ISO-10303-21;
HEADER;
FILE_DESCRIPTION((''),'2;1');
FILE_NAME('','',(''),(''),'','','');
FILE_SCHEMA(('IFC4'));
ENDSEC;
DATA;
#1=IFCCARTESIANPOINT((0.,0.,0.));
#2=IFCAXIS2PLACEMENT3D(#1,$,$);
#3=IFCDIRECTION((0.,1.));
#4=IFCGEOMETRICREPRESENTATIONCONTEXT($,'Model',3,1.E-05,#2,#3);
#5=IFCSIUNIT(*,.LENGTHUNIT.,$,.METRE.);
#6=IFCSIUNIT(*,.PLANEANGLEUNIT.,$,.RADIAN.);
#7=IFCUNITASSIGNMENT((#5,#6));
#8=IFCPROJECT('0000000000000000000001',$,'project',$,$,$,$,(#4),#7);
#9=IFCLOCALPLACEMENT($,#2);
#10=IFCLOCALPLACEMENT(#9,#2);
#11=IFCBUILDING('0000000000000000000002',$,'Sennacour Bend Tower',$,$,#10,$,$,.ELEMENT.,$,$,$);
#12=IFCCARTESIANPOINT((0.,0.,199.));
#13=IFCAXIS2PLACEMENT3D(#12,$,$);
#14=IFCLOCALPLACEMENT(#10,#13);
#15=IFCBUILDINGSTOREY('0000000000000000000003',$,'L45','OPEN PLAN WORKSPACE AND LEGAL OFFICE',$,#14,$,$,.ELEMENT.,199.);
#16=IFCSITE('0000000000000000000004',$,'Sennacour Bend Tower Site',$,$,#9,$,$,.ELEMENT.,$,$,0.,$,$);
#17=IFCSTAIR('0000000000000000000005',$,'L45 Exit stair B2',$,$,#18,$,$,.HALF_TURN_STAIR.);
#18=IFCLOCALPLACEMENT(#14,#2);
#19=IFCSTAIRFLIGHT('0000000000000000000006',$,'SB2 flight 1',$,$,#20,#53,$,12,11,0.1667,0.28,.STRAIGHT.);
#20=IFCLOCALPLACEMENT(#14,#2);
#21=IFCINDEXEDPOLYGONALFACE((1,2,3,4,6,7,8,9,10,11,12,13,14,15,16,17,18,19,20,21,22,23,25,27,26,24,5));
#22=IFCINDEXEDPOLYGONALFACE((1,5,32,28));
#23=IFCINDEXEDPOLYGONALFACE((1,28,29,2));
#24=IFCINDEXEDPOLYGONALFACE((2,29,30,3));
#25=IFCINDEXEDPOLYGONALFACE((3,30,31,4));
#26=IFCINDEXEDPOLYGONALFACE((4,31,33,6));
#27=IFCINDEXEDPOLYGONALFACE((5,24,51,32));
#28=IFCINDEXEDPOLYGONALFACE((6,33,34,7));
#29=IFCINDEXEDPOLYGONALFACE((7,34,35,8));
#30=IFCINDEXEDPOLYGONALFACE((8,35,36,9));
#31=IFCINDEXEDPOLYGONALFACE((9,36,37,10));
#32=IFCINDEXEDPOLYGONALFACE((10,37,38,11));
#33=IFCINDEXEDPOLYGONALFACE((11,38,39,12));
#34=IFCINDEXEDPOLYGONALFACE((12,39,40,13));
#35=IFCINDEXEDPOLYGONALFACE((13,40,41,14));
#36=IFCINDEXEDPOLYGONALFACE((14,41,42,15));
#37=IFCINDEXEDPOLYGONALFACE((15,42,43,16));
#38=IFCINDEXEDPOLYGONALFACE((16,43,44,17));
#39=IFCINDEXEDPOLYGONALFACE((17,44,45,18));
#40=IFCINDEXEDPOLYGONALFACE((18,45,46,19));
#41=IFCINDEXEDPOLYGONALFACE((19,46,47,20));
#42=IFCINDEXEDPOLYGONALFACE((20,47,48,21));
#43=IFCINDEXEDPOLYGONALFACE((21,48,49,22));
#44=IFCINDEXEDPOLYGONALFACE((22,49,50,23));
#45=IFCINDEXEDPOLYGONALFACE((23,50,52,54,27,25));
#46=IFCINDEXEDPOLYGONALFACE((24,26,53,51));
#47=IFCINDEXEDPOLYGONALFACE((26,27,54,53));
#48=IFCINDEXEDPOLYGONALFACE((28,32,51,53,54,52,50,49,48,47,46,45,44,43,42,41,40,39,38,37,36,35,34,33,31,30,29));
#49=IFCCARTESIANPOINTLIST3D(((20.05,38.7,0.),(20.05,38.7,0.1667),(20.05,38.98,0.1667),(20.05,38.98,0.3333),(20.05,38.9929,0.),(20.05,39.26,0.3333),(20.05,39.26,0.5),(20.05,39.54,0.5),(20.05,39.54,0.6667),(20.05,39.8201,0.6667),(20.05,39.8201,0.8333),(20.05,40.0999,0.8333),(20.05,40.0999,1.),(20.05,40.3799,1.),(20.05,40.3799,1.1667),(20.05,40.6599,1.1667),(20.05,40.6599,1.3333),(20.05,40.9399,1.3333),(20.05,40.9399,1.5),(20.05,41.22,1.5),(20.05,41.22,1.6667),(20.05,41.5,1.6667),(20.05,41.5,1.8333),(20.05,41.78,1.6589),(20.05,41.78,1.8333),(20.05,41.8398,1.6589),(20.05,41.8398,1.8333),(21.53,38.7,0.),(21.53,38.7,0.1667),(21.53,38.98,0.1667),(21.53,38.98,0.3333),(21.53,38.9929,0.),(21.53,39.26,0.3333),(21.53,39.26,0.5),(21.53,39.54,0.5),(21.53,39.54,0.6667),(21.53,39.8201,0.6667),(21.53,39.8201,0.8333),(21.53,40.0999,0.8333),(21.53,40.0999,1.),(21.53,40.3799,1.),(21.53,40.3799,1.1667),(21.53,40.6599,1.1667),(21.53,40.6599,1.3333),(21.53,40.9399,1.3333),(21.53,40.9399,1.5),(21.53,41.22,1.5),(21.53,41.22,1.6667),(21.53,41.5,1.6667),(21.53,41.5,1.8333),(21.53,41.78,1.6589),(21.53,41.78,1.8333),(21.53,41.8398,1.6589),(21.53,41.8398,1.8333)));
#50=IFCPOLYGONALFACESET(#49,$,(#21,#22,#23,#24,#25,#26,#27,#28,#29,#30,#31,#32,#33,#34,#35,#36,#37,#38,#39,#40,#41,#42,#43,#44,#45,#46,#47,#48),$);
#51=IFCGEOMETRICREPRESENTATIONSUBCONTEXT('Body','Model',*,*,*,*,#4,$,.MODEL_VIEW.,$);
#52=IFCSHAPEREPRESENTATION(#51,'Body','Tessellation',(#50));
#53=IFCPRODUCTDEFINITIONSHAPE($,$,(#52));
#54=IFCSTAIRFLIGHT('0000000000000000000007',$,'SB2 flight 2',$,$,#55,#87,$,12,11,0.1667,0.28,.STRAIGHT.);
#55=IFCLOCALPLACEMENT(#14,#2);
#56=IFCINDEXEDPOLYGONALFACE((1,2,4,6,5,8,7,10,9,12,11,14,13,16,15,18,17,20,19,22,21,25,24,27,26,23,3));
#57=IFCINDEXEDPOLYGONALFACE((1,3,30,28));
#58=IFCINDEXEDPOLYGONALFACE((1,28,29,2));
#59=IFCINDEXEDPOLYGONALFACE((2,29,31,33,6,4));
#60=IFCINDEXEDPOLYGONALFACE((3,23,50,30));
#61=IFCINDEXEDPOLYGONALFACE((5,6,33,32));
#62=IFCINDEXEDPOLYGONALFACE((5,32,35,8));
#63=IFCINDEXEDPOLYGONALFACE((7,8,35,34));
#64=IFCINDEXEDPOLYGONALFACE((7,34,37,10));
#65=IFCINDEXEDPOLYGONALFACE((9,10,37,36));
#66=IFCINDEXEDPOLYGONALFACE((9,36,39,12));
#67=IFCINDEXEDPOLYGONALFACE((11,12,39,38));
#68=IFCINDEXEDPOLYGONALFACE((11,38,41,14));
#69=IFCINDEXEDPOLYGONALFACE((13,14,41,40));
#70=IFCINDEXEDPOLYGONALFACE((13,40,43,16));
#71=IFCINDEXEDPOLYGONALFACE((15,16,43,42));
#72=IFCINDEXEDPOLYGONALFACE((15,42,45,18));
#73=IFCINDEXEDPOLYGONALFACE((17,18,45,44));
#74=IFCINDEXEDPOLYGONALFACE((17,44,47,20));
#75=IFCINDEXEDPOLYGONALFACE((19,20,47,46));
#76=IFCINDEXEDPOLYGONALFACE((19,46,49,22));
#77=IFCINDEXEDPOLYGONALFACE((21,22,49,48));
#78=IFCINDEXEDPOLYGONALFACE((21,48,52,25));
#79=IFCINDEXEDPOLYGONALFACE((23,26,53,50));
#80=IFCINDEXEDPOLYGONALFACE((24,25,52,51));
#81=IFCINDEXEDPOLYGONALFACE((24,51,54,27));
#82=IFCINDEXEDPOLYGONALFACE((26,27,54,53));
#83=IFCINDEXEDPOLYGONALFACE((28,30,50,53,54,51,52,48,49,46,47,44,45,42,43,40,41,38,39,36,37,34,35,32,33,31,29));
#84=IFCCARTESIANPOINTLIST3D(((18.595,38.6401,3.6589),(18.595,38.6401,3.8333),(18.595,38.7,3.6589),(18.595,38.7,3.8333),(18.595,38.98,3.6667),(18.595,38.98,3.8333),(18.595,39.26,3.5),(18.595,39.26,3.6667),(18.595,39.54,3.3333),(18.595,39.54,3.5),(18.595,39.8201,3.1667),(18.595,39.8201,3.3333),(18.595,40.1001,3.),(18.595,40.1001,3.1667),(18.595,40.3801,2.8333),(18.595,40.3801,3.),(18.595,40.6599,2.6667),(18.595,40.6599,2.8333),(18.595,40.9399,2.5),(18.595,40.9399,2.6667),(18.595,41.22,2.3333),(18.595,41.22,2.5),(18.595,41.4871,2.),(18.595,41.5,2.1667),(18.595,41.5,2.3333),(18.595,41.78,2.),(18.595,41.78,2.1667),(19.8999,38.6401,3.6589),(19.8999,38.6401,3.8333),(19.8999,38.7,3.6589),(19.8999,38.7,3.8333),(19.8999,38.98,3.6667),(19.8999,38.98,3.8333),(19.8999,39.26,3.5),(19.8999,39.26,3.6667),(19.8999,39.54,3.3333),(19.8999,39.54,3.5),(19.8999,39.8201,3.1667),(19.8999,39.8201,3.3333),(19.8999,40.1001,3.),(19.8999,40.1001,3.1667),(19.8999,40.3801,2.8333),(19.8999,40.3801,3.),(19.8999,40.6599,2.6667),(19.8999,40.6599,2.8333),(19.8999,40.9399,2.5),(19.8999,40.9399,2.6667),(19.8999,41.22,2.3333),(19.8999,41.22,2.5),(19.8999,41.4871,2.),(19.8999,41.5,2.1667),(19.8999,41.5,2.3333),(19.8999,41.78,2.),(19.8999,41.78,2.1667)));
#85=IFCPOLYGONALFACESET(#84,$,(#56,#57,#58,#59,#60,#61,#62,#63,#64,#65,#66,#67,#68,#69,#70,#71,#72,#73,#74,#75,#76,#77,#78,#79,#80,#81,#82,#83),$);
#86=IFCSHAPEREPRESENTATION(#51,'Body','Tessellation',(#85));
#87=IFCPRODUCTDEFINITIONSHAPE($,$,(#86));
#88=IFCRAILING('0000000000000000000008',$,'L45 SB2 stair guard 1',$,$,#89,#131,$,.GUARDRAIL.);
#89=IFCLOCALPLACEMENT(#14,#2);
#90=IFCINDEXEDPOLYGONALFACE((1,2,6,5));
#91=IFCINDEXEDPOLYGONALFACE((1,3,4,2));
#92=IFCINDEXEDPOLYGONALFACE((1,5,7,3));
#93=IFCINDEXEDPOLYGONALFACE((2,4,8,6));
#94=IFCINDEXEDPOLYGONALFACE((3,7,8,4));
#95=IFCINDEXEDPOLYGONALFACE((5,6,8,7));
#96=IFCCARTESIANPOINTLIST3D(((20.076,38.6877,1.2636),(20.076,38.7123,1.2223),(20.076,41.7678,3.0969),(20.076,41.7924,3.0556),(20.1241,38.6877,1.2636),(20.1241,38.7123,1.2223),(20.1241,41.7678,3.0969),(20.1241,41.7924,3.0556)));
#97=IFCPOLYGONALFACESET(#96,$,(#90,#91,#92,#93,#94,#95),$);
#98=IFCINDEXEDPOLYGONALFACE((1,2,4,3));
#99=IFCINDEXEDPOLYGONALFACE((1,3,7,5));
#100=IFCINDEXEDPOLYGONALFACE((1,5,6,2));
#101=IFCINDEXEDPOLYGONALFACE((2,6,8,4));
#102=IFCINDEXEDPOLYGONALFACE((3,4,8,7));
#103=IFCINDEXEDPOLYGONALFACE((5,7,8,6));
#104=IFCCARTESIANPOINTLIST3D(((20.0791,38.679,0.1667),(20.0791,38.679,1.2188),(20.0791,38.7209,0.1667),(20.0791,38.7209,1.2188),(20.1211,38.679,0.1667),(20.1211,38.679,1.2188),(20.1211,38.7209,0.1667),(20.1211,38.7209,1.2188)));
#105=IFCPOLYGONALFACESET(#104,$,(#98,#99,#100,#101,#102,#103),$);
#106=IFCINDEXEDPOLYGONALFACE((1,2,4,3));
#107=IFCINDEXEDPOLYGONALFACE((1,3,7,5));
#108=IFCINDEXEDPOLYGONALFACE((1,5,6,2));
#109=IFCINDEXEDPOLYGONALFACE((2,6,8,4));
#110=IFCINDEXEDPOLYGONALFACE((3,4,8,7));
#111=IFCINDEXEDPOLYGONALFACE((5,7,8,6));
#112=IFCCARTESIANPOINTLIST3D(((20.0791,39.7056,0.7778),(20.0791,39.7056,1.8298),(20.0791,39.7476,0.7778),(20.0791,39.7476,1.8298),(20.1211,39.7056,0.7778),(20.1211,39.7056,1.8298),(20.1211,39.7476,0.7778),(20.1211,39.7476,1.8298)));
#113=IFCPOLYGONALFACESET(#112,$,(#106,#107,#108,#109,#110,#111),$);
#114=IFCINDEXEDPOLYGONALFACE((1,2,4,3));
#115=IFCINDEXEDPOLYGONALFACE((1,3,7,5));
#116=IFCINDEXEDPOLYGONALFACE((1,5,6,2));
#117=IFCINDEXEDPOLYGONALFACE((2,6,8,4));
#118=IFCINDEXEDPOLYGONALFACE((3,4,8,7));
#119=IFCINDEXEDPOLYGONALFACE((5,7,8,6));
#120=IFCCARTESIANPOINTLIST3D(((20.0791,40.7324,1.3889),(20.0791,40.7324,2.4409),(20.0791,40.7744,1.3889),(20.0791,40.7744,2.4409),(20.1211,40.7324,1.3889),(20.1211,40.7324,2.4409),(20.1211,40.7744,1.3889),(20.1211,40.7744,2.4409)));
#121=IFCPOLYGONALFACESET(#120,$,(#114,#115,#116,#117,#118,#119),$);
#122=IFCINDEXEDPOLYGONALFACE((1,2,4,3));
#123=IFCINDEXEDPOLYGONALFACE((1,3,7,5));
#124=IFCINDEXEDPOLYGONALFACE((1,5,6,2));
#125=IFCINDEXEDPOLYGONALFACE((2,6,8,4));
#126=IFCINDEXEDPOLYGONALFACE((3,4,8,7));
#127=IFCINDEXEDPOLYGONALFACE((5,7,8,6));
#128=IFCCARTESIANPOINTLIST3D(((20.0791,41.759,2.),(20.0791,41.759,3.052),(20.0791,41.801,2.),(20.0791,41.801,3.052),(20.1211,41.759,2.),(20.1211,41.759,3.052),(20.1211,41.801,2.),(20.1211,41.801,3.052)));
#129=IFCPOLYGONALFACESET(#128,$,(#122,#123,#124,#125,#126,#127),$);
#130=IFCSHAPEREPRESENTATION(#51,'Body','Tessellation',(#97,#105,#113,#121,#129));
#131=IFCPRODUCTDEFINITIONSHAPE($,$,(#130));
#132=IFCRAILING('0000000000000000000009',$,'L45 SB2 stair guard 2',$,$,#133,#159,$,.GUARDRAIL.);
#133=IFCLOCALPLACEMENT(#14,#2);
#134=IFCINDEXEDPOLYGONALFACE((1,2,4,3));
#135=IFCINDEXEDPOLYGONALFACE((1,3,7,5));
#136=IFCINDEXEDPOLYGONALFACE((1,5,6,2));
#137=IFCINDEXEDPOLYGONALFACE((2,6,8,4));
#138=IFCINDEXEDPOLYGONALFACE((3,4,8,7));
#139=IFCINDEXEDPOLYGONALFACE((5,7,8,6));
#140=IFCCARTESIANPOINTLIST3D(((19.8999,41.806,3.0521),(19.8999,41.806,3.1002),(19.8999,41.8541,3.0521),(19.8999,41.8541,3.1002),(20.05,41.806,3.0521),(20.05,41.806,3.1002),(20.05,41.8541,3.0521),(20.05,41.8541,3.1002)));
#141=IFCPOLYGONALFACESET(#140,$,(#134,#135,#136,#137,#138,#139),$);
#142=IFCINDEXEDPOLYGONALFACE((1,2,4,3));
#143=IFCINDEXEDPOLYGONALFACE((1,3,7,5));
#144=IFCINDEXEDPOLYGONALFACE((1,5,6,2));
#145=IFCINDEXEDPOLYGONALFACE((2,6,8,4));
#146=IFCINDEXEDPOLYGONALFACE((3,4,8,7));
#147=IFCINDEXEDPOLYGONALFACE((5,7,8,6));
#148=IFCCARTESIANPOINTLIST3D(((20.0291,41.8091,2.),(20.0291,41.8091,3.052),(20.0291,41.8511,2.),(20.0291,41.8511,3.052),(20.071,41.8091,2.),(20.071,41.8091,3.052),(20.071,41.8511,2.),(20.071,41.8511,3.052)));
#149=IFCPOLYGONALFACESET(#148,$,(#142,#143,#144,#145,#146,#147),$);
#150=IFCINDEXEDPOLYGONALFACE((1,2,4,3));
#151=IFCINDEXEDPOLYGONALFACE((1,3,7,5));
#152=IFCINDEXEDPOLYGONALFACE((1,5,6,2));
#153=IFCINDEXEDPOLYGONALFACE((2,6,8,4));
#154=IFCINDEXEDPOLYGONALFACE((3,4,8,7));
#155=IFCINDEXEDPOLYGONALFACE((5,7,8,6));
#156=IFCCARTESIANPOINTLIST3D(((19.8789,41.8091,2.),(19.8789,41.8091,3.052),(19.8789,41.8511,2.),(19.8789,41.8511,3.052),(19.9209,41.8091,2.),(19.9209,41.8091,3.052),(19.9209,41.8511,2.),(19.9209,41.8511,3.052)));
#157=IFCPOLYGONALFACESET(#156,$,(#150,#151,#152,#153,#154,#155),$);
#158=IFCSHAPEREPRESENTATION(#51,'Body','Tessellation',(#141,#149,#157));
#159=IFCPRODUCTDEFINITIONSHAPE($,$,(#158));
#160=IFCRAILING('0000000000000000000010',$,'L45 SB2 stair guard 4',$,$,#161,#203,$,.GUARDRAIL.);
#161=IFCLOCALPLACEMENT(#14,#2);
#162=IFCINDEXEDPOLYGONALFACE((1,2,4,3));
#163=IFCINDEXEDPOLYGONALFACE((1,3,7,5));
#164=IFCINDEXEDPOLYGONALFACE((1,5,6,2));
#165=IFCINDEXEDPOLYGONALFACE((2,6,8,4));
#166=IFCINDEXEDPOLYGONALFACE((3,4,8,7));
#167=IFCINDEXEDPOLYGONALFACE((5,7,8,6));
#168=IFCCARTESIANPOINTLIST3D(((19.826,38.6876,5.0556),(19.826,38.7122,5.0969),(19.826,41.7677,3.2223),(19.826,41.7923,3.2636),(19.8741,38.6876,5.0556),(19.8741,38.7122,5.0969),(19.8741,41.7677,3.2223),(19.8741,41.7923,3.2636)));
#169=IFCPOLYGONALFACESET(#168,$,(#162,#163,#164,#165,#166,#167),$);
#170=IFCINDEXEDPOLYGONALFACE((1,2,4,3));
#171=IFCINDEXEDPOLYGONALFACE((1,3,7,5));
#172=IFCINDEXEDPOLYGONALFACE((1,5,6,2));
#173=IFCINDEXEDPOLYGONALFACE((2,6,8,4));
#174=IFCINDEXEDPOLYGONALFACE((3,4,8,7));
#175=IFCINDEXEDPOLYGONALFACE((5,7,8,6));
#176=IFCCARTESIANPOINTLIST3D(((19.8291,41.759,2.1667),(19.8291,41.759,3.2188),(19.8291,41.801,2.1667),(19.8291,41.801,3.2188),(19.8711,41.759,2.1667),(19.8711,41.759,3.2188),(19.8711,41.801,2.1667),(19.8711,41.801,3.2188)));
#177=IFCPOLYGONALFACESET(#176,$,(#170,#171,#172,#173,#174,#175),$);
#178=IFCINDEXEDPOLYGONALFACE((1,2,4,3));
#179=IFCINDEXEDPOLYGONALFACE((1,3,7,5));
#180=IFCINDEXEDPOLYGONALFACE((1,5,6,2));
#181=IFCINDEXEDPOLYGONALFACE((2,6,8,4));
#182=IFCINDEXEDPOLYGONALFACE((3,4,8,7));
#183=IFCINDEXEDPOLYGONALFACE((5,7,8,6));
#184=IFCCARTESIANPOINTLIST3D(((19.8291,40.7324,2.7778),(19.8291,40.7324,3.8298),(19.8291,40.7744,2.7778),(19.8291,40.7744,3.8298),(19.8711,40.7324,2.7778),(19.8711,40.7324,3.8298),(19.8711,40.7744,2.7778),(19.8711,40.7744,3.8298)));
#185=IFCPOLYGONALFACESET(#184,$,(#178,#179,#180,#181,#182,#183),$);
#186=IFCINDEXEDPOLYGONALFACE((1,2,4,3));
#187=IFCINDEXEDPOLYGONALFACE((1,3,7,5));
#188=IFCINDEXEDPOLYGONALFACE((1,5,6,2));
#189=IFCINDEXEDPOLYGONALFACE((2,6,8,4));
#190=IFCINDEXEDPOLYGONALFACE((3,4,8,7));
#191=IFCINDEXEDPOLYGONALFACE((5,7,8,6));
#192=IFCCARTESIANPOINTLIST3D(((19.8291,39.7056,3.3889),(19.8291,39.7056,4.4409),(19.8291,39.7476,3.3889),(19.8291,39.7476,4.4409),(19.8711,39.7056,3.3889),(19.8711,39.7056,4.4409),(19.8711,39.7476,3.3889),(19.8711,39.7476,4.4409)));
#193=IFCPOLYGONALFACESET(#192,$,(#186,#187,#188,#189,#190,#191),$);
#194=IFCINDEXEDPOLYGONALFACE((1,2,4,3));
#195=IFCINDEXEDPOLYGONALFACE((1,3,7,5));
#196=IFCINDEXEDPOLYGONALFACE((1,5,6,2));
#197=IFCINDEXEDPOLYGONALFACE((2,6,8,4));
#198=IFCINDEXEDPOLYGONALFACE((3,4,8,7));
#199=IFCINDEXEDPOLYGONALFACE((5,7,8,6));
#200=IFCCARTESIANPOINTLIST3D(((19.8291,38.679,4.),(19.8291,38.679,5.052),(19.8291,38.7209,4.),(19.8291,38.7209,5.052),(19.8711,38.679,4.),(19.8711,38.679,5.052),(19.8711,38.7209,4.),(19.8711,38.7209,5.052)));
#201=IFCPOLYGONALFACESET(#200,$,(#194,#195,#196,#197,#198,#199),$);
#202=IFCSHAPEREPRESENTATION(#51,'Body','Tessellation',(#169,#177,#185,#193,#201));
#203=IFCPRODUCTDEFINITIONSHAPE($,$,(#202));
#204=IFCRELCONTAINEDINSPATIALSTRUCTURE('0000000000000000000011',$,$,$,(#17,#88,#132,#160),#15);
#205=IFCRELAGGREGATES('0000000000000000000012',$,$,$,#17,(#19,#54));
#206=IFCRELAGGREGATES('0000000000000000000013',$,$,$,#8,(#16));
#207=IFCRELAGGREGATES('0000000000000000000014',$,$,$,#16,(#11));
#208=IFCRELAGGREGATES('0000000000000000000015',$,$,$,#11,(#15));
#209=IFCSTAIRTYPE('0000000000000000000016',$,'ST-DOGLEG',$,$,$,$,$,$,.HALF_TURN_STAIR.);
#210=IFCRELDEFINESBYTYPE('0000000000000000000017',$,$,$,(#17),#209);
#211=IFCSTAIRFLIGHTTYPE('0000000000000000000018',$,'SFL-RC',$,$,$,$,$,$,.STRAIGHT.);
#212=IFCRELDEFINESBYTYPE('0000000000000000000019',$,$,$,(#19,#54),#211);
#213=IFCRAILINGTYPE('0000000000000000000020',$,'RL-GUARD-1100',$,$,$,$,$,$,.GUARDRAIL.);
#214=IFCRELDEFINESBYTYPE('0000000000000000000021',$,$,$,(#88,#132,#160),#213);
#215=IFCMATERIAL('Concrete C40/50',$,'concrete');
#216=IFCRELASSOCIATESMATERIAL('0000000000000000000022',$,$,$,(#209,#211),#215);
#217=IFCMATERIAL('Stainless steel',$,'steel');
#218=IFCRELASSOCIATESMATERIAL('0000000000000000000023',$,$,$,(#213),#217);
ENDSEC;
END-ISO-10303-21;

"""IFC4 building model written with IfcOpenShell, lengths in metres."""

from ifc_helpers import new_model, si_unit, direction, frame, origin, origin_2d, place, context, subcontext, project, spatial, polyline, rectangle, outline, extrude, material, type_object, element, aggregate, save


model = new_model("IFC4")

# Units and contexts
model_context = context("Model", 3, precision=1e-05, world=origin(), true_north=direction((0.0, 1.0)))
body_context = subcontext(model_context, "Body", "Model", "MODEL_VIEW")
ifc_project = project(units=[si_unit("LENGTHUNIT", "METRE"), si_unit("PLANEANGLEUNIT", "RADIAN")], contexts=[model_context])

# Site, building, storey
site_placement = place(None, origin())
site = spatial("IfcSite", under=ifc_project, at=site_placement, Name="Sennacour Bend Tower Site", CompositionType="ELEMENT", RefElevation=0.0)
building_placement = place(site_placement, origin())
building = spatial("IfcBuilding", under=site, at=building_placement, Name="Sennacour Bend Tower", CompositionType="ELEMENT")
storey_placement = place(building_placement, frame((0.0, 0.0, 199.0)))
storey = spatial("IfcBuildingStorey", under=building, at=storey_placement, Name="L45", Description="OPEN PLAN WORKSPACE AND LEGAL OFFICE", CompositionType="ELEMENT", Elevation=199.0)

# Shared definitions
ifc_material_1 = material(Name="Stainless steel", Category="steel")

# Stair, stair flights
ifc_material_2 = material(Name="Concrete C40/50", Category="concrete")
stair_type = type_object("IfcStairType", Name="ST-DOGLEG", PredefinedType="HALF_TURN_STAIR", material=ifc_material_2)
stair_placement = place(storey_placement, origin())
stair = element("IfcStair", 1, at=stair_placement, inside=storey, type_object=stair_type, Name="L45 Exit stair B2", PredefinedType="HALF_TURN_STAIR")
stair_flight_type = type_object("IfcStairFlightType", Name="SFL-RC", PredefinedType="STRAIGHT", material=ifc_material_2)
stair_flight_1_placement = place(storey_placement, frame((20.79, 38.7, 0.0), z_axis=(0.0, 0.0, 1.0), x_axis=(0.0, 1.0, 0.0)))
stair_flight_1 = element("IfcStairFlight", 2, at=stair_flight_1_placement, type_object=stair_flight_type, Name="SB2 flight 1", NumberOfRisers=12, NumberOfTreads=11, PredefinedType="STRAIGHT", RiserHeight=0.1667, TreadLength=0.28, context=body_context, shape_type="SweptSolid", body=[
    extrude(outline(polyline([(0.0, 0.0), (0.0, 0.1667), (0.28, 0.1667), (0.28, 0.3333), (0.5601, 0.3333), (0.5601, 0.5), (0.8401, 0.5), (0.8401, 0.6667), (1.1201, 0.6667), (1.1201, 0.8333), (1.3999, 0.8333), (1.3999, 1.0), (1.6799, 1.0), (1.6799, 1.1667), (1.96, 1.1667), (1.96, 1.3333), (2.24, 1.3333), (2.24, 1.5), (2.52, 1.5), (2.52, 1.6667), (2.8, 1.6667), (2.8, 1.8333), (3.0801, 1.8333), (3.1399, 1.8333), (3.1399, 1.6589), (3.0801, 1.6589), (0.293, 0.0), (0.0, 0.0)])), frame((0.0, 0.74, 0.0), z_axis=(0.0, -1.0, 0.0), x_axis=(1.0, 0.0, 0.0)), (0.0, 0.0, 1.0), 1.48),
])
stair_flight_2_placement = place(storey_placement, frame((19.2476, 41.78, 2.0), z_axis=(0.0, 0.0, 1.0), x_axis=(0.0, -1.0, 0.0)))
stair_flight_2 = element("IfcStairFlight", 3, at=stair_flight_2_placement, type_object=stair_flight_type, Name="SB2 flight 2", NumberOfRisers=12, NumberOfTreads=11, PredefinedType="STRAIGHT", RiserHeight=0.1667, TreadLength=0.28, context=body_context, shape_type="SweptSolid", body=[
    extrude(outline(polyline([(0.0, 0.0), (0.0, 0.1667), (0.28, 0.1667), (0.28, 0.3333), (0.5601, 0.3333), (0.5601, 0.5), (0.8401, 0.5), (0.8401, 0.6667), (1.1201, 0.6667), (1.1201, 0.8333), (1.3999, 0.8333), (1.3999, 1.0), (1.6799, 1.0), (1.6799, 1.1667), (1.96, 1.1667), (1.96, 1.3333), (2.24, 1.3333), (2.24, 1.5), (2.52, 1.5), (2.52, 1.6667), (2.8, 1.6667), (2.8, 1.8333), (3.0801, 1.8333), (3.1399, 1.8333), (3.1399, 1.6589), (3.0801, 1.6589), (0.293, 0.0), (0.0, 0.0)])), frame((0.0, 0.6523, 0.0), z_axis=(0.0, -1.0, 0.0), x_axis=(1.0, 0.0, 0.0)), (0.0, 0.0, 1.0), 1.3049),
])
aggregate(stair, [stair_flight_1, stair_flight_2])

# Railings
railing_type_1 = type_object("IfcRailingType", Name="RL-GUARD-1100", PredefinedType="GUARDRAIL", material=ifc_material_1)
railing_1_placement = place(storey_placement, frame((20.1001, 38.7, 0.1667)))
element("IfcRailing", 4, at=railing_1_placement, inside=storey, type_object=railing_type_1, Name="L45 SB2 stair guard 1", PredefinedType="GUARDRAIL", context=body_context, shape_type="SweptSolid", body=[
    extrude(rectangle(XDim=0.0481, YDim=0.0481, at=origin_2d()), frame((0.0, 0.0, 1.0762), z_axis=(0.0, 0.859309, 0.511458), x_axis=(-1.0, 0.0, 0.0)), (0.0, 0.0, 1.0), 3.5845),
    extrude(rectangle(XDim=0.042, YDim=0.042, at=origin_2d()), origin(), (0.0, 0.0, 1.0), 1.052),
    extrude(rectangle(XDim=0.042, YDim=0.042, at=origin_2d()), frame((0.0, 1.0266, 0.6111)), (0.0, 0.0, 1.0), 1.052),
    extrude(rectangle(XDim=0.042, YDim=0.042, at=origin_2d()), frame((0.0, 2.0535, 1.2222)), (0.0, 0.0, 1.0), 1.052),
    extrude(rectangle(XDim=0.042, YDim=0.042, at=origin_2d()), frame((0.0, 3.0801, 1.8333)), (0.0, 0.0, 1.0), 1.052),
])
railing_2_placement = place(storey_placement, frame((20.05, 41.8301, 2.0)))
element("IfcRailing", 5, at=railing_2_placement, inside=storey, type_object=railing_type_1, Name="L45 SB2 stair guard 2", PredefinedType="GUARDRAIL", context=body_context, shape_type="SweptSolid", body=[
    extrude(rectangle(XDim=0.0481, YDim=0.0481, at=origin_2d()), frame((0.0, 0.0, 1.0762), z_axis=(-1.0, 0.0, 0.0), x_axis=(0.0, -1.0, 0.0)), (0.0, 0.0, 1.0), 0.1501),
    extrude(rectangle(XDim=0.042, YDim=0.042, at=origin_2d()), origin(), (0.0, 0.0, 1.0), 1.052),
    extrude(rectangle(XDim=0.042, YDim=0.042, at=origin_2d()), frame((-0.1501, 0.0, 0.0)), (0.0, 0.0, 1.0), 1.052),
])
railing_3_placement = place(storey_placement, frame((19.8501, 41.78, 2.1667)))
element("IfcRailing", 6, at=railing_3_placement, inside=storey, type_object=railing_type_1, Name="L45 SB2 stair guard 4", PredefinedType="GUARDRAIL", context=body_context, shape_type="SweptSolid", body=[
    extrude(rectangle(XDim=0.0481, YDim=0.0481, at=origin_2d()), frame((0.0, 0.0, 1.0762), z_axis=(0.0, -0.859309, 0.511458), x_axis=(1.0, 0.0, 0.0)), (0.0, 0.0, 1.0), 3.5845),
    extrude(rectangle(XDim=0.042, YDim=0.042, at=origin_2d()), origin(), (0.0, 0.0, 1.0), 1.052),
    extrude(rectangle(XDim=0.042, YDim=0.042, at=origin_2d()), frame((0.0, -1.0266, 0.6111)), (0.0, 0.0, 1.0), 1.052),
    extrude(rectangle(XDim=0.042, YDim=0.042, at=origin_2d()), frame((0.0, -2.0535, 1.2222)), (0.0, 0.0, 1.0), 1.052),
    extrude(rectangle(XDim=0.042, YDim=0.042, at=origin_2d()), frame((0.0, -3.0801, 1.8333)), (0.0, 0.0, 1.0), 1.052),
])

save(model, "model.ifc")
